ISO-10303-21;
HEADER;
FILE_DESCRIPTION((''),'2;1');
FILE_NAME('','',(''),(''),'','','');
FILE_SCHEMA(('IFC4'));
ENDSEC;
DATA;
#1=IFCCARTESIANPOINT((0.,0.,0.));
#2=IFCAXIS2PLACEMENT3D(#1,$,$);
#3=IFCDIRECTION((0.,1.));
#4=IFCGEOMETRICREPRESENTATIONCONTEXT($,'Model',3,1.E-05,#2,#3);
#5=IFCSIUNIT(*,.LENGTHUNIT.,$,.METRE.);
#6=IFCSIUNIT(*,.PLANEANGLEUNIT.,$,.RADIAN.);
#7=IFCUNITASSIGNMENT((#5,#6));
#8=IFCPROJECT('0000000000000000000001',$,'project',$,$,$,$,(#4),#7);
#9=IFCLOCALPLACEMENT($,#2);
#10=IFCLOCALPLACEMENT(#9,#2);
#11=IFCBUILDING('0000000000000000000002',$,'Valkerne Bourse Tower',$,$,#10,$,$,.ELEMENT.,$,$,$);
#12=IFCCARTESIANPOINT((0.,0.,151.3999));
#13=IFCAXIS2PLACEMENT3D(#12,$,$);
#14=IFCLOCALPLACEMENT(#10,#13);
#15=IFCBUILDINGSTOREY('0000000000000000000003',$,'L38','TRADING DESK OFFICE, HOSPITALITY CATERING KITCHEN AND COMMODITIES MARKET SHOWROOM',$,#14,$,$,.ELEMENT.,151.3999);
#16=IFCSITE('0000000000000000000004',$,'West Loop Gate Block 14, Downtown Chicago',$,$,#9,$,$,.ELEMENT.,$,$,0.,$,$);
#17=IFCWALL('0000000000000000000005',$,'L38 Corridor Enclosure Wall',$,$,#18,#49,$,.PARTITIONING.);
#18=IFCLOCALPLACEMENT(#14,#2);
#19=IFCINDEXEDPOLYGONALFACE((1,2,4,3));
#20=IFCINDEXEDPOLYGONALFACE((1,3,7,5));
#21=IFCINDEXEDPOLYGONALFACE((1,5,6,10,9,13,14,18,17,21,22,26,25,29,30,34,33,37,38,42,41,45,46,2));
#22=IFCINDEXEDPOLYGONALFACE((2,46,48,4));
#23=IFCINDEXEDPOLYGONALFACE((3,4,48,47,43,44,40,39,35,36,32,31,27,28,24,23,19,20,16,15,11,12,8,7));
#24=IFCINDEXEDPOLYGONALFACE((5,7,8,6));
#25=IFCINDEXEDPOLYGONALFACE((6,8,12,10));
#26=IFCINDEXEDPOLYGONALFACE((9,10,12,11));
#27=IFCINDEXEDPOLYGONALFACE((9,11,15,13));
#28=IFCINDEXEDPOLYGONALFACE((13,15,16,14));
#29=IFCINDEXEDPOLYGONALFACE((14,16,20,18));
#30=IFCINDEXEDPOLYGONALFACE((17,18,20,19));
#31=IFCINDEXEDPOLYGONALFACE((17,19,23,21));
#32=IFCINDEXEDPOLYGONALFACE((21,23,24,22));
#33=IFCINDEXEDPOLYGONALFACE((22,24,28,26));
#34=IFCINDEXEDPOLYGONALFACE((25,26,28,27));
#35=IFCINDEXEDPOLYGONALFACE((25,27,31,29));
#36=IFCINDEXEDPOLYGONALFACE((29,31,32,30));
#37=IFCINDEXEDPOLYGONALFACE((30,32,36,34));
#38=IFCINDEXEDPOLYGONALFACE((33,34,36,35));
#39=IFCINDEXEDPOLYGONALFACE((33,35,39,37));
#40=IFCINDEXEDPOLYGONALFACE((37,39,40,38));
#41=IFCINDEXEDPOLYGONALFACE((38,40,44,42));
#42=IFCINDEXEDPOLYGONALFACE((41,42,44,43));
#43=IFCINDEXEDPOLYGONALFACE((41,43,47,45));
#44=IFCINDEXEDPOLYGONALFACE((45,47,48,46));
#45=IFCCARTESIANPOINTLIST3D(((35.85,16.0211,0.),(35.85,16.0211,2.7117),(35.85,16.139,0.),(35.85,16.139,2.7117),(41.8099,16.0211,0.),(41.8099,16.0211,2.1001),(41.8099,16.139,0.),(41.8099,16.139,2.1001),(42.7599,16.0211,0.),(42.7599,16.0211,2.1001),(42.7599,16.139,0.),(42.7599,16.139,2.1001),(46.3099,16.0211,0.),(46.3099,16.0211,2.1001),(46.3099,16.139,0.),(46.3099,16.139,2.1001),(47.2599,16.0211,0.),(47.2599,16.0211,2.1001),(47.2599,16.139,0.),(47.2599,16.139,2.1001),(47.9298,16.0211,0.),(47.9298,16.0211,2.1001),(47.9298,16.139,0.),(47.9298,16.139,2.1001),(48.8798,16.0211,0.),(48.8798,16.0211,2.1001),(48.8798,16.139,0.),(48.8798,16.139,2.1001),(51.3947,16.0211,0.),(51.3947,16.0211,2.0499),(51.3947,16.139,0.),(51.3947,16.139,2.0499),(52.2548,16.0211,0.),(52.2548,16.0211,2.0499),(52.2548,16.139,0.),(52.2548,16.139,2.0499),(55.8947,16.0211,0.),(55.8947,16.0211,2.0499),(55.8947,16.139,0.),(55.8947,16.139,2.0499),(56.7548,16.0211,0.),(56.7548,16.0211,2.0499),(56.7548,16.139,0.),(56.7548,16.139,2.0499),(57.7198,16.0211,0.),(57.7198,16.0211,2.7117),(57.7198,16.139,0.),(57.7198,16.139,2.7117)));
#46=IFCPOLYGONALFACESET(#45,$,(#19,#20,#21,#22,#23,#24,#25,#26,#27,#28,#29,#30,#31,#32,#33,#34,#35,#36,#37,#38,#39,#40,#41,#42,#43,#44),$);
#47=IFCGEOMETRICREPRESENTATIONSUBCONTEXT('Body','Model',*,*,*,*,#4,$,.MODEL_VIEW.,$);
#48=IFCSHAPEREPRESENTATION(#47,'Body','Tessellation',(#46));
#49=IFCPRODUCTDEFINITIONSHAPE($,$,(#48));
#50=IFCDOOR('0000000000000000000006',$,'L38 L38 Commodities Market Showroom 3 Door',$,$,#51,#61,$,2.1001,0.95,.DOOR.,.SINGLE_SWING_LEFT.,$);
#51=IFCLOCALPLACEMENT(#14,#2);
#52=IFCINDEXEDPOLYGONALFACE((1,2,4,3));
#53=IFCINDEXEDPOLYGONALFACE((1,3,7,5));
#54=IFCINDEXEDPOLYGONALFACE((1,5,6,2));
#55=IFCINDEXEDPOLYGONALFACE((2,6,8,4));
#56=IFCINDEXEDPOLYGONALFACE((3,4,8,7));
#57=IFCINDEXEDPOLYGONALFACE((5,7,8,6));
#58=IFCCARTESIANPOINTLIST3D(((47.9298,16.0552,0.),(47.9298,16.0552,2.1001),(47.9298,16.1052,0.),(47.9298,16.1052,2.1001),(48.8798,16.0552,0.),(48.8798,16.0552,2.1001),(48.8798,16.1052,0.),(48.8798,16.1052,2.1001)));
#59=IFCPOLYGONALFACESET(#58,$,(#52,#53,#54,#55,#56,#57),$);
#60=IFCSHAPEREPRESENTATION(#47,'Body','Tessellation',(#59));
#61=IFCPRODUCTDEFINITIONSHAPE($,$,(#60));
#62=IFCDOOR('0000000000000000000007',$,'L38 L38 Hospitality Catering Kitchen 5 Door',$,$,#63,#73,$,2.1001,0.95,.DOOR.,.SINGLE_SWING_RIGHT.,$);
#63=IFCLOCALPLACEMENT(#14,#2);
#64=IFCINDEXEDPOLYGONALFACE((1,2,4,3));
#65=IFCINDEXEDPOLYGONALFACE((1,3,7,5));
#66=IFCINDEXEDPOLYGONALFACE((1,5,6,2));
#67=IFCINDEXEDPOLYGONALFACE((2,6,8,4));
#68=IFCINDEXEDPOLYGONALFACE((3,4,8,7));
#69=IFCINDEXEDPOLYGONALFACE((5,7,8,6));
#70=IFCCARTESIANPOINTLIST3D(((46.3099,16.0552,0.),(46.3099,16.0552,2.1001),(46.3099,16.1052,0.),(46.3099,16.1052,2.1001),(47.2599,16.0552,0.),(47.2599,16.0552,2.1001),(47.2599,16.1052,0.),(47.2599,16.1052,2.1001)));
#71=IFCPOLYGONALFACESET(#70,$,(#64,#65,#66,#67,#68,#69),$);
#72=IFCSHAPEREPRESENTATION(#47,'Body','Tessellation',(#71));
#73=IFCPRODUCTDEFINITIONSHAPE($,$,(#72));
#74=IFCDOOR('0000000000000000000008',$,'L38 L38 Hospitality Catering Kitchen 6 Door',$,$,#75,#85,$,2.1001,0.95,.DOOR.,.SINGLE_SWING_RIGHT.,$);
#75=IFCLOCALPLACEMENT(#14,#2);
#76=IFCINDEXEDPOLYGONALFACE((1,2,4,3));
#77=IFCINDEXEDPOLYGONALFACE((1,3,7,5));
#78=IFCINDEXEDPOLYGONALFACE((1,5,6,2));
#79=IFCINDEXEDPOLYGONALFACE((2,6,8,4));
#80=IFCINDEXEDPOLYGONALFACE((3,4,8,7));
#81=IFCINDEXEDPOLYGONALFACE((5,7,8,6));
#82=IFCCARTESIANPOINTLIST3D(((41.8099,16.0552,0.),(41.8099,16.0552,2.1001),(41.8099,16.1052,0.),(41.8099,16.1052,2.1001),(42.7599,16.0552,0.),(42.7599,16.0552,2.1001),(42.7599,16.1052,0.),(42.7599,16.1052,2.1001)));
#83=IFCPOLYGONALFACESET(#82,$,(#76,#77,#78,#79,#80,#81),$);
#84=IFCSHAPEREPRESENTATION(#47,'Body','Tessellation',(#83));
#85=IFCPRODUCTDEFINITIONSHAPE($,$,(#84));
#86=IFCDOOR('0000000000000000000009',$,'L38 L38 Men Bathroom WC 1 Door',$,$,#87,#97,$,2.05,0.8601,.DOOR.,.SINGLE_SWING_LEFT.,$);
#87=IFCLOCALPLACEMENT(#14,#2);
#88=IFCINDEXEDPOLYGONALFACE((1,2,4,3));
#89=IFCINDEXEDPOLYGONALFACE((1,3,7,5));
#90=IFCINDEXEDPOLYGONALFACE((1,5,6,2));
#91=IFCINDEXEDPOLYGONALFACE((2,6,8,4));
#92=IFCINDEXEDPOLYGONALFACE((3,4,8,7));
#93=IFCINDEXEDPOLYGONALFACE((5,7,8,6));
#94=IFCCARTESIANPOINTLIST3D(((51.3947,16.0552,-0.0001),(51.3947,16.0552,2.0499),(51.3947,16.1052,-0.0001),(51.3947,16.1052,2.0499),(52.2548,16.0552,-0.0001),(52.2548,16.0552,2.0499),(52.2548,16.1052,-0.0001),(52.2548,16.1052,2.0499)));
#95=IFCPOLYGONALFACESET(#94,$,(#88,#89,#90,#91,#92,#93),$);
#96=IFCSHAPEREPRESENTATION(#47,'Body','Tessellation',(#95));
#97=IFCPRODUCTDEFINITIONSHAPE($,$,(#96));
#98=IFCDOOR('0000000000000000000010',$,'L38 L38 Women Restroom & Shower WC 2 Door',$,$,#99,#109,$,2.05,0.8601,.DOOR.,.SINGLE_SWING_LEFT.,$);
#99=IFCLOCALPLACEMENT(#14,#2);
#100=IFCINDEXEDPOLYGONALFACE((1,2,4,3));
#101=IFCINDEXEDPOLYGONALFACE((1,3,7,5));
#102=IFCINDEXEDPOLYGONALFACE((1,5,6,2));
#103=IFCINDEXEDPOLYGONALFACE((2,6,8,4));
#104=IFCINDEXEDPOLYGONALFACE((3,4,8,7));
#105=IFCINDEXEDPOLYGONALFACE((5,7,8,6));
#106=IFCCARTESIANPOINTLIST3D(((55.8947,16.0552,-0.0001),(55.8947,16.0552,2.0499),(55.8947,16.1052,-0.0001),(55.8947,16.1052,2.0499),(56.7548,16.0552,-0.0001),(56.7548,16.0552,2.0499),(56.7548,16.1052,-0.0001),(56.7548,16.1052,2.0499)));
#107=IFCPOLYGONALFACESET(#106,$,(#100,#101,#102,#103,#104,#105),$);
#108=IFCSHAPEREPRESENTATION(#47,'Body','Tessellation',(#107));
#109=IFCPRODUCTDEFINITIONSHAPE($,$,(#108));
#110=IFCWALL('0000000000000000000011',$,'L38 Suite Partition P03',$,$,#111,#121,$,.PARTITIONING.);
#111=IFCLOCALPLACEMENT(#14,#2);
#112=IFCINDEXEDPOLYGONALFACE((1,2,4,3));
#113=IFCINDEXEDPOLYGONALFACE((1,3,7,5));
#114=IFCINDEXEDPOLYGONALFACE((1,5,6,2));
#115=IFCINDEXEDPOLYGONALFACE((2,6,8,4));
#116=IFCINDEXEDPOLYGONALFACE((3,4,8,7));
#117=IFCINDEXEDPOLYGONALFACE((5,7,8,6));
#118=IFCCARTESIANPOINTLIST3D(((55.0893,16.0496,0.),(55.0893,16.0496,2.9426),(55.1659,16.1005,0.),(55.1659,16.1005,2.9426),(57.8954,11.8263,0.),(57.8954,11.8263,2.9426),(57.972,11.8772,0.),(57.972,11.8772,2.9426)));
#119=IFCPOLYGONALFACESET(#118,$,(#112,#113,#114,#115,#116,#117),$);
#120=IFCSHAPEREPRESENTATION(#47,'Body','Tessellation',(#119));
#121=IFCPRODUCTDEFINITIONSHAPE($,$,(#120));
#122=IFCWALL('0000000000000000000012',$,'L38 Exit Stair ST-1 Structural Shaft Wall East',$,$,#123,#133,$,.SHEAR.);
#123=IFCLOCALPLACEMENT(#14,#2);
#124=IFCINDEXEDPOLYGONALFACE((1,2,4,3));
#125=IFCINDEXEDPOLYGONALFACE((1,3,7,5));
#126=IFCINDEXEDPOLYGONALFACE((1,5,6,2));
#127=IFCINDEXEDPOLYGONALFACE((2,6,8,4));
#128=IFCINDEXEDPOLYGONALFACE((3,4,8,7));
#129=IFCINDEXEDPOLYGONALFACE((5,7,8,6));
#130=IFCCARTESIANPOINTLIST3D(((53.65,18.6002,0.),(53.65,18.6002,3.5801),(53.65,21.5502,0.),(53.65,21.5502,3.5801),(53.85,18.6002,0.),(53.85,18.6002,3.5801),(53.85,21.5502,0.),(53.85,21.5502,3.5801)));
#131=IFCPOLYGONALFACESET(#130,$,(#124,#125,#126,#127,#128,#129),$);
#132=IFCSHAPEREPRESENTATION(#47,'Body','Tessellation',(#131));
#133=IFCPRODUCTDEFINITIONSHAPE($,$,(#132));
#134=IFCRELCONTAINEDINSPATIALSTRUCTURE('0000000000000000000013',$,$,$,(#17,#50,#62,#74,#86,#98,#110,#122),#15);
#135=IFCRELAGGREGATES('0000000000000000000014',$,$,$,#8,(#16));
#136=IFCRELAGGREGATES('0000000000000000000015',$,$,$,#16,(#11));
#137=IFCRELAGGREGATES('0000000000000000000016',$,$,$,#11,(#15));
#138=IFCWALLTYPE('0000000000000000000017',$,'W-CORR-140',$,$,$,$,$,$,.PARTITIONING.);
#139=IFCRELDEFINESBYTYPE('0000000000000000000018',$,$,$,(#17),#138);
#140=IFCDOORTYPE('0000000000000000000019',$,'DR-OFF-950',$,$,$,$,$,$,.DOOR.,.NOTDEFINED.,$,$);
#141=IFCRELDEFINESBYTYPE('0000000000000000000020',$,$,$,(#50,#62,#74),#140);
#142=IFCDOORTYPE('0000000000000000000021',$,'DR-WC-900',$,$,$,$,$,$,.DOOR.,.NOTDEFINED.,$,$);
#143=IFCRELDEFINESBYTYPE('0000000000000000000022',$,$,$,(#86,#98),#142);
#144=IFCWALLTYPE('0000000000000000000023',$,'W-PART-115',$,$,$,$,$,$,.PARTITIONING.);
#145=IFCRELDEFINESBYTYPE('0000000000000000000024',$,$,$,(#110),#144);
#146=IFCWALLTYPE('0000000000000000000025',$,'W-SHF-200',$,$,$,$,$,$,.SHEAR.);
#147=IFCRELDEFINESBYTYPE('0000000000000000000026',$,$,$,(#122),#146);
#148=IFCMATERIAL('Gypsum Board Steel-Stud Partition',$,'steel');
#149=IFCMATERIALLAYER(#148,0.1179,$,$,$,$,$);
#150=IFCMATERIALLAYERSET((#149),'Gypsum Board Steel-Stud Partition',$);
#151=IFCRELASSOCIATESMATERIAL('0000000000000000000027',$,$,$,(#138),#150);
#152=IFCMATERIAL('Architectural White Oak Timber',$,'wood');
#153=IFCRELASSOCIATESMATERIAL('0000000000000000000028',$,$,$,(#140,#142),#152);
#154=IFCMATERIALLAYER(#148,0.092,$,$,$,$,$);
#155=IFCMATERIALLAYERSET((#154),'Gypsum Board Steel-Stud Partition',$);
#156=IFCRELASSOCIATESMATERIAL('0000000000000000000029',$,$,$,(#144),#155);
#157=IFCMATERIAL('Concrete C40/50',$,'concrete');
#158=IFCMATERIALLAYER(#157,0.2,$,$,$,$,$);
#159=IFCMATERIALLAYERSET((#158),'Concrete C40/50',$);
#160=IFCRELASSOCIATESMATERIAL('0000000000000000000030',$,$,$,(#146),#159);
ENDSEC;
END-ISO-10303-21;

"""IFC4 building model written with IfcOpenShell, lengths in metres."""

from ifc_helpers import new_model, si_unit, direction, frame, frame_2d, origin, place, context, subcontext, project, spatial, rectangle, extrude, material, layer, layer_set, type_object, element, fill, save


model = new_model("IFC4")

# Units and contexts
model_context = context("Model", 3, precision=1e-05, world=origin(), true_north=direction((0.0, 1.0)))
body_context = subcontext(model_context, "Body", "Model", "MODEL_VIEW")
ifc_project = project(units=[si_unit("LENGTHUNIT", "METRE"), si_unit("PLANEANGLEUNIT", "RADIAN")], contexts=[model_context])

# Site, building, storey
site_placement = place(None, origin())
site = spatial("IfcSite", under=ifc_project, at=site_placement, Name="West Loop Gate Block 14, Downtown Chicago", CompositionType="ELEMENT", RefElevation=0.0)
building_placement = place(site_placement, origin())
building = spatial("IfcBuilding", under=site, at=building_placement, Name="Valkerne Bourse Tower", CompositionType="ELEMENT")
storey_placement = place(building_placement, frame((0.0, 0.0, 151.3999)))
storey = spatial("IfcBuildingStorey", under=building, at=storey_placement, Name="L38", Description="TRADING DESK OFFICE, HOSPITALITY CATERING KITCHEN AND COMMODITIES MARKET SHOWROOM", CompositionType="ELEMENT", Elevation=151.3999)

# Wall, openings, doors
ifc_material_1 = material(Name="Gypsum Board Steel-Stud Partition", Category="steel")
ifc_layer_1 = layer(ifc_material_1, 0.1179)
ifc_layer_set_1 = layer_set([ifc_layer_1], Name="Gypsum Board Steel-Stud Partition")
wall_type_1 = type_object("IfcWallType", Name="W-CORR-140", PredefinedType="PARTITIONING", material=ifc_layer_set_1)
wall_1_placement = place(storey_placement, frame((57.72, 16.0801, 0.0), z_axis=(0.0, 0.0, 1.0), x_axis=(-1.0, 0.0, 0.0)))
wall_1 = element("IfcWall", 1, at=wall_1_placement, inside=storey, type_object=wall_type_1, Name="L38 Corridor Enclosure Wall", PredefinedType="PARTITIONING", context=body_context, shape_type="SweptSolid", body=[
    extrude(rectangle(XDim=21.8699, YDim=0.1179, at=frame_2d((10.9351, 0.0))), origin(), (0.0, 0.0, 1.0), 2.7117),
])
opening_1_placement = place(wall_1_placement, frame((5.4651, 0.0, 0.0)))
opening_1 = element("IfcOpeningElement", 2, at=opening_1_placement, cuts=wall_1, PredefinedType="OPENING", context=body_context, shape_type="SweptSolid", body=[
    extrude(rectangle(XDim=0.8601, YDim=2.05, at=frame_2d((0.4302, 1.0249))), frame((0.0, 0.0688, 0.0), z_axis=(0.0, -1.0, 0.0), x_axis=(1.0, 0.0, 0.0)), (0.0, 0.0, 1.0), 0.1379),
])
opening_2_placement = place(wall_1_placement, frame((0.9651, 0.0, 0.0)))
opening_2 = element("IfcOpeningElement", 3, at=opening_2_placement, cuts=wall_1, PredefinedType="OPENING", context=body_context, shape_type="SweptSolid", body=[
    extrude(rectangle(XDim=0.8601, YDim=2.05, at=frame_2d((0.4302, 1.0249))), frame((0.0, 0.0688, 0.0), z_axis=(0.0, -1.0, 0.0), x_axis=(1.0, 0.0, 0.0)), (0.0, 0.0, 1.0), 0.1379),
])
opening_3_placement = place(wall_1_placement, frame((8.8401, 0.0, 0.0)))
opening_3 = element("IfcOpeningElement", 4, at=opening_3_placement, cuts=wall_1, PredefinedType="OPENING", context=body_context, shape_type="SweptSolid", body=[
    extrude(rectangle(XDim=0.95, YDim=2.1001, at=frame_2d((0.4751, 1.05))), frame((0.0, 0.0688, 0.0), z_axis=(0.0, -1.0, 0.0), x_axis=(1.0, 0.0, 0.0)), (0.0, 0.0, 1.0), 0.1379),
])
opening_4_placement = place(wall_1_placement, frame((10.46, 0.0, 0.0)))
opening_4 = element("IfcOpeningElement", 5, at=opening_4_placement, cuts=wall_1, PredefinedType="OPENING", context=body_context, shape_type="SweptSolid", body=[
    extrude(rectangle(XDim=0.95, YDim=2.1001, at=frame_2d((0.4751, 1.05))), frame((0.0, 0.0688, 0.0), z_axis=(0.0, -1.0, 0.0), x_axis=(1.0, 0.0, 0.0)), (0.0, 0.0, 1.0), 0.1379),
])
opening_5_placement = place(wall_1_placement, frame((14.96, 0.0, 0.0)))
opening_5 = element("IfcOpeningElement", 6, at=opening_5_placement, cuts=wall_1, PredefinedType="OPENING", context=body_context, shape_type="SweptSolid", body=[
    extrude(rectangle(XDim=0.95, YDim=2.1001, at=frame_2d((0.4751, 1.05))), frame((0.0, 0.0688, 0.0), z_axis=(0.0, -1.0, 0.0), x_axis=(1.0, 0.0, 0.0)), (0.0, 0.0, 1.0), 0.1379),
])
ifc_material_2 = material(Name="Architectural White Oak Timber", Category="wood")
door_type_1 = type_object("IfcDoorType", Name="DR-OFF-950", OperationType="NOTDEFINED", PredefinedType="DOOR", material=ifc_material_2)
door_1_placement = place(opening_3_placement, origin())
door_1 = element("IfcDoor", 7, at=door_1_placement, inside=storey, type_object=door_type_1, Name="L38 L38 Commodities Market Showroom 3 Door", OperationType="SINGLE_SWING_LEFT", OverallHeight=2.1001, OverallWidth=0.95, PredefinedType="DOOR", context=body_context, shape_type="SweptSolid", body=[
    extrude(rectangle(XDim=0.95, YDim=2.1001, at=frame_2d((0.4751, 1.05))), frame((0.0, 0.0249, 0.0), z_axis=(0.0, -1.0, 0.0), x_axis=(1.0, 0.0, 0.0)), (0.0, 0.0, 1.0), 0.05),
])
fill(opening_3, door_1)
door_2_placement = place(opening_4_placement, origin())
door_2 = element("IfcDoor", 8, at=door_2_placement, inside=storey, type_object=door_type_1, Name="L38 L38 Hospitality Catering Kitchen 5 Door", OperationType="SINGLE_SWING_RIGHT", OverallHeight=2.1001, OverallWidth=0.95, PredefinedType="DOOR", context=body_context, shape_type="SweptSolid", body=[
    extrude(rectangle(XDim=0.95, YDim=2.1001, at=frame_2d((0.4751, 1.05))), frame((0.0, 0.0249, 0.0), z_axis=(0.0, -1.0, 0.0), x_axis=(1.0, 0.0, 0.0)), (0.0, 0.0, 1.0), 0.05),
])
fill(opening_4, door_2)
door_3_placement = place(opening_5_placement, origin())
door_3 = element("IfcDoor", 9, at=door_3_placement, inside=storey, type_object=door_type_1, Name="L38 L38 Hospitality Catering Kitchen 6 Door", OperationType="SINGLE_SWING_RIGHT", OverallHeight=2.1001, OverallWidth=0.95, PredefinedType="DOOR", context=body_context, shape_type="SweptSolid", body=[
    extrude(rectangle(XDim=0.95, YDim=2.1001, at=frame_2d((0.4751, 1.05))), frame((0.0, 0.0249, 0.0), z_axis=(0.0, -1.0, 0.0), x_axis=(1.0, 0.0, 0.0)), (0.0, 0.0, 1.0), 0.05),
])
fill(opening_5, door_3)
door_type_2 = type_object("IfcDoorType", Name="DR-WC-900", OperationType="NOTDEFINED", PredefinedType="DOOR", material=ifc_material_2)
door_4_placement = place(opening_1_placement, origin())
door_4 = element("IfcDoor", 10, at=door_4_placement, inside=storey, type_object=door_type_2, Name="L38 L38 Men Bathroom WC 1 Door", OperationType="SINGLE_SWING_LEFT", OverallHeight=2.05, OverallWidth=0.8601, PredefinedType="DOOR", context=body_context, shape_type="SweptSolid", body=[
    extrude(rectangle(XDim=0.8601, YDim=2.05, at=frame_2d((0.4302, 1.0249))), frame((0.0, 0.0249, 0.0), z_axis=(0.0, -1.0, 0.0), x_axis=(1.0, 0.0, 0.0)), (0.0, 0.0, 1.0), 0.05),
])
fill(opening_1, door_4)
door_5_placement = place(opening_2_placement, origin())
door_5 = element("IfcDoor", 11, at=door_5_placement, inside=storey, type_object=door_type_2, Name="L38 L38 Women Restroom & Shower WC 2 Door", OperationType="SINGLE_SWING_LEFT", OverallHeight=2.05, OverallWidth=0.8601, PredefinedType="DOOR", context=body_context, shape_type="SweptSolid", body=[
    extrude(rectangle(XDim=0.8601, YDim=2.05, at=frame_2d((0.4302, 1.0249))), frame((0.0, 0.0249, 0.0), z_axis=(0.0, -1.0, 0.0), x_axis=(1.0, 0.0, 0.0)), (0.0, 0.0, 1.0), 0.05),
])
fill(opening_2, door_5)

# Walls
ifc_layer_2 = layer(ifc_material_1, 0.092)
ifc_layer_set_2 = layer_set([ifc_layer_2], Name="Gypsum Board Steel-Stud Partition")
wall_type_2 = type_object("IfcWallType", Name="W-PART-115", PredefinedType="PARTITIONING", material=ifc_layer_set_2)
wall_2_placement = place(storey_placement, frame((55.1277, 16.075, 0.0), z_axis=(0.0, 0.0, 1.0), x_axis=(0.553411, -0.832909, 0.0)))
element("IfcWall", 12, at=wall_2_placement, inside=storey, type_object=wall_type_2, Name="L38 Suite Partition P03", PredefinedType="PARTITIONING", context=body_context, shape_type="SweptSolid", body=[
    extrude(rectangle(XDim=5.0706, YDim=0.092, at=frame_2d((2.5352, 0.0))), origin(), (0.0, 0.0, 1.0), 2.9426),
])
ifc_material_3 = material(Name="Concrete C40/50", Category="concrete")
ifc_layer_3 = layer(ifc_material_3, 0.2)
ifc_layer_set_3 = layer_set([ifc_layer_3], Name="Concrete C40/50")
wall_type_3 = type_object("IfcWallType", Name="W-SHF-200", PredefinedType="SHEAR", material=ifc_layer_set_3)
wall_3_placement = place(storey_placement, frame((53.75, 18.6001, 0.0), z_axis=(0.0, 0.0, 1.0), x_axis=(0.0, 1.0, 0.0)))
element("IfcWall", 13, at=wall_3_placement, inside=storey, type_object=wall_type_3, Name="L38 Exit Stair ST-1 Structural Shaft Wall East", PredefinedType="SHEAR", context=body_context, shape_type="SweptSolid", body=[
    extrude(rectangle(XDim=2.95, YDim=0.2, at=frame_2d((1.4751, 0.0))), origin(), (0.0, 0.0, 1.0), 3.5801),
])

save(model, "model.ifc")
